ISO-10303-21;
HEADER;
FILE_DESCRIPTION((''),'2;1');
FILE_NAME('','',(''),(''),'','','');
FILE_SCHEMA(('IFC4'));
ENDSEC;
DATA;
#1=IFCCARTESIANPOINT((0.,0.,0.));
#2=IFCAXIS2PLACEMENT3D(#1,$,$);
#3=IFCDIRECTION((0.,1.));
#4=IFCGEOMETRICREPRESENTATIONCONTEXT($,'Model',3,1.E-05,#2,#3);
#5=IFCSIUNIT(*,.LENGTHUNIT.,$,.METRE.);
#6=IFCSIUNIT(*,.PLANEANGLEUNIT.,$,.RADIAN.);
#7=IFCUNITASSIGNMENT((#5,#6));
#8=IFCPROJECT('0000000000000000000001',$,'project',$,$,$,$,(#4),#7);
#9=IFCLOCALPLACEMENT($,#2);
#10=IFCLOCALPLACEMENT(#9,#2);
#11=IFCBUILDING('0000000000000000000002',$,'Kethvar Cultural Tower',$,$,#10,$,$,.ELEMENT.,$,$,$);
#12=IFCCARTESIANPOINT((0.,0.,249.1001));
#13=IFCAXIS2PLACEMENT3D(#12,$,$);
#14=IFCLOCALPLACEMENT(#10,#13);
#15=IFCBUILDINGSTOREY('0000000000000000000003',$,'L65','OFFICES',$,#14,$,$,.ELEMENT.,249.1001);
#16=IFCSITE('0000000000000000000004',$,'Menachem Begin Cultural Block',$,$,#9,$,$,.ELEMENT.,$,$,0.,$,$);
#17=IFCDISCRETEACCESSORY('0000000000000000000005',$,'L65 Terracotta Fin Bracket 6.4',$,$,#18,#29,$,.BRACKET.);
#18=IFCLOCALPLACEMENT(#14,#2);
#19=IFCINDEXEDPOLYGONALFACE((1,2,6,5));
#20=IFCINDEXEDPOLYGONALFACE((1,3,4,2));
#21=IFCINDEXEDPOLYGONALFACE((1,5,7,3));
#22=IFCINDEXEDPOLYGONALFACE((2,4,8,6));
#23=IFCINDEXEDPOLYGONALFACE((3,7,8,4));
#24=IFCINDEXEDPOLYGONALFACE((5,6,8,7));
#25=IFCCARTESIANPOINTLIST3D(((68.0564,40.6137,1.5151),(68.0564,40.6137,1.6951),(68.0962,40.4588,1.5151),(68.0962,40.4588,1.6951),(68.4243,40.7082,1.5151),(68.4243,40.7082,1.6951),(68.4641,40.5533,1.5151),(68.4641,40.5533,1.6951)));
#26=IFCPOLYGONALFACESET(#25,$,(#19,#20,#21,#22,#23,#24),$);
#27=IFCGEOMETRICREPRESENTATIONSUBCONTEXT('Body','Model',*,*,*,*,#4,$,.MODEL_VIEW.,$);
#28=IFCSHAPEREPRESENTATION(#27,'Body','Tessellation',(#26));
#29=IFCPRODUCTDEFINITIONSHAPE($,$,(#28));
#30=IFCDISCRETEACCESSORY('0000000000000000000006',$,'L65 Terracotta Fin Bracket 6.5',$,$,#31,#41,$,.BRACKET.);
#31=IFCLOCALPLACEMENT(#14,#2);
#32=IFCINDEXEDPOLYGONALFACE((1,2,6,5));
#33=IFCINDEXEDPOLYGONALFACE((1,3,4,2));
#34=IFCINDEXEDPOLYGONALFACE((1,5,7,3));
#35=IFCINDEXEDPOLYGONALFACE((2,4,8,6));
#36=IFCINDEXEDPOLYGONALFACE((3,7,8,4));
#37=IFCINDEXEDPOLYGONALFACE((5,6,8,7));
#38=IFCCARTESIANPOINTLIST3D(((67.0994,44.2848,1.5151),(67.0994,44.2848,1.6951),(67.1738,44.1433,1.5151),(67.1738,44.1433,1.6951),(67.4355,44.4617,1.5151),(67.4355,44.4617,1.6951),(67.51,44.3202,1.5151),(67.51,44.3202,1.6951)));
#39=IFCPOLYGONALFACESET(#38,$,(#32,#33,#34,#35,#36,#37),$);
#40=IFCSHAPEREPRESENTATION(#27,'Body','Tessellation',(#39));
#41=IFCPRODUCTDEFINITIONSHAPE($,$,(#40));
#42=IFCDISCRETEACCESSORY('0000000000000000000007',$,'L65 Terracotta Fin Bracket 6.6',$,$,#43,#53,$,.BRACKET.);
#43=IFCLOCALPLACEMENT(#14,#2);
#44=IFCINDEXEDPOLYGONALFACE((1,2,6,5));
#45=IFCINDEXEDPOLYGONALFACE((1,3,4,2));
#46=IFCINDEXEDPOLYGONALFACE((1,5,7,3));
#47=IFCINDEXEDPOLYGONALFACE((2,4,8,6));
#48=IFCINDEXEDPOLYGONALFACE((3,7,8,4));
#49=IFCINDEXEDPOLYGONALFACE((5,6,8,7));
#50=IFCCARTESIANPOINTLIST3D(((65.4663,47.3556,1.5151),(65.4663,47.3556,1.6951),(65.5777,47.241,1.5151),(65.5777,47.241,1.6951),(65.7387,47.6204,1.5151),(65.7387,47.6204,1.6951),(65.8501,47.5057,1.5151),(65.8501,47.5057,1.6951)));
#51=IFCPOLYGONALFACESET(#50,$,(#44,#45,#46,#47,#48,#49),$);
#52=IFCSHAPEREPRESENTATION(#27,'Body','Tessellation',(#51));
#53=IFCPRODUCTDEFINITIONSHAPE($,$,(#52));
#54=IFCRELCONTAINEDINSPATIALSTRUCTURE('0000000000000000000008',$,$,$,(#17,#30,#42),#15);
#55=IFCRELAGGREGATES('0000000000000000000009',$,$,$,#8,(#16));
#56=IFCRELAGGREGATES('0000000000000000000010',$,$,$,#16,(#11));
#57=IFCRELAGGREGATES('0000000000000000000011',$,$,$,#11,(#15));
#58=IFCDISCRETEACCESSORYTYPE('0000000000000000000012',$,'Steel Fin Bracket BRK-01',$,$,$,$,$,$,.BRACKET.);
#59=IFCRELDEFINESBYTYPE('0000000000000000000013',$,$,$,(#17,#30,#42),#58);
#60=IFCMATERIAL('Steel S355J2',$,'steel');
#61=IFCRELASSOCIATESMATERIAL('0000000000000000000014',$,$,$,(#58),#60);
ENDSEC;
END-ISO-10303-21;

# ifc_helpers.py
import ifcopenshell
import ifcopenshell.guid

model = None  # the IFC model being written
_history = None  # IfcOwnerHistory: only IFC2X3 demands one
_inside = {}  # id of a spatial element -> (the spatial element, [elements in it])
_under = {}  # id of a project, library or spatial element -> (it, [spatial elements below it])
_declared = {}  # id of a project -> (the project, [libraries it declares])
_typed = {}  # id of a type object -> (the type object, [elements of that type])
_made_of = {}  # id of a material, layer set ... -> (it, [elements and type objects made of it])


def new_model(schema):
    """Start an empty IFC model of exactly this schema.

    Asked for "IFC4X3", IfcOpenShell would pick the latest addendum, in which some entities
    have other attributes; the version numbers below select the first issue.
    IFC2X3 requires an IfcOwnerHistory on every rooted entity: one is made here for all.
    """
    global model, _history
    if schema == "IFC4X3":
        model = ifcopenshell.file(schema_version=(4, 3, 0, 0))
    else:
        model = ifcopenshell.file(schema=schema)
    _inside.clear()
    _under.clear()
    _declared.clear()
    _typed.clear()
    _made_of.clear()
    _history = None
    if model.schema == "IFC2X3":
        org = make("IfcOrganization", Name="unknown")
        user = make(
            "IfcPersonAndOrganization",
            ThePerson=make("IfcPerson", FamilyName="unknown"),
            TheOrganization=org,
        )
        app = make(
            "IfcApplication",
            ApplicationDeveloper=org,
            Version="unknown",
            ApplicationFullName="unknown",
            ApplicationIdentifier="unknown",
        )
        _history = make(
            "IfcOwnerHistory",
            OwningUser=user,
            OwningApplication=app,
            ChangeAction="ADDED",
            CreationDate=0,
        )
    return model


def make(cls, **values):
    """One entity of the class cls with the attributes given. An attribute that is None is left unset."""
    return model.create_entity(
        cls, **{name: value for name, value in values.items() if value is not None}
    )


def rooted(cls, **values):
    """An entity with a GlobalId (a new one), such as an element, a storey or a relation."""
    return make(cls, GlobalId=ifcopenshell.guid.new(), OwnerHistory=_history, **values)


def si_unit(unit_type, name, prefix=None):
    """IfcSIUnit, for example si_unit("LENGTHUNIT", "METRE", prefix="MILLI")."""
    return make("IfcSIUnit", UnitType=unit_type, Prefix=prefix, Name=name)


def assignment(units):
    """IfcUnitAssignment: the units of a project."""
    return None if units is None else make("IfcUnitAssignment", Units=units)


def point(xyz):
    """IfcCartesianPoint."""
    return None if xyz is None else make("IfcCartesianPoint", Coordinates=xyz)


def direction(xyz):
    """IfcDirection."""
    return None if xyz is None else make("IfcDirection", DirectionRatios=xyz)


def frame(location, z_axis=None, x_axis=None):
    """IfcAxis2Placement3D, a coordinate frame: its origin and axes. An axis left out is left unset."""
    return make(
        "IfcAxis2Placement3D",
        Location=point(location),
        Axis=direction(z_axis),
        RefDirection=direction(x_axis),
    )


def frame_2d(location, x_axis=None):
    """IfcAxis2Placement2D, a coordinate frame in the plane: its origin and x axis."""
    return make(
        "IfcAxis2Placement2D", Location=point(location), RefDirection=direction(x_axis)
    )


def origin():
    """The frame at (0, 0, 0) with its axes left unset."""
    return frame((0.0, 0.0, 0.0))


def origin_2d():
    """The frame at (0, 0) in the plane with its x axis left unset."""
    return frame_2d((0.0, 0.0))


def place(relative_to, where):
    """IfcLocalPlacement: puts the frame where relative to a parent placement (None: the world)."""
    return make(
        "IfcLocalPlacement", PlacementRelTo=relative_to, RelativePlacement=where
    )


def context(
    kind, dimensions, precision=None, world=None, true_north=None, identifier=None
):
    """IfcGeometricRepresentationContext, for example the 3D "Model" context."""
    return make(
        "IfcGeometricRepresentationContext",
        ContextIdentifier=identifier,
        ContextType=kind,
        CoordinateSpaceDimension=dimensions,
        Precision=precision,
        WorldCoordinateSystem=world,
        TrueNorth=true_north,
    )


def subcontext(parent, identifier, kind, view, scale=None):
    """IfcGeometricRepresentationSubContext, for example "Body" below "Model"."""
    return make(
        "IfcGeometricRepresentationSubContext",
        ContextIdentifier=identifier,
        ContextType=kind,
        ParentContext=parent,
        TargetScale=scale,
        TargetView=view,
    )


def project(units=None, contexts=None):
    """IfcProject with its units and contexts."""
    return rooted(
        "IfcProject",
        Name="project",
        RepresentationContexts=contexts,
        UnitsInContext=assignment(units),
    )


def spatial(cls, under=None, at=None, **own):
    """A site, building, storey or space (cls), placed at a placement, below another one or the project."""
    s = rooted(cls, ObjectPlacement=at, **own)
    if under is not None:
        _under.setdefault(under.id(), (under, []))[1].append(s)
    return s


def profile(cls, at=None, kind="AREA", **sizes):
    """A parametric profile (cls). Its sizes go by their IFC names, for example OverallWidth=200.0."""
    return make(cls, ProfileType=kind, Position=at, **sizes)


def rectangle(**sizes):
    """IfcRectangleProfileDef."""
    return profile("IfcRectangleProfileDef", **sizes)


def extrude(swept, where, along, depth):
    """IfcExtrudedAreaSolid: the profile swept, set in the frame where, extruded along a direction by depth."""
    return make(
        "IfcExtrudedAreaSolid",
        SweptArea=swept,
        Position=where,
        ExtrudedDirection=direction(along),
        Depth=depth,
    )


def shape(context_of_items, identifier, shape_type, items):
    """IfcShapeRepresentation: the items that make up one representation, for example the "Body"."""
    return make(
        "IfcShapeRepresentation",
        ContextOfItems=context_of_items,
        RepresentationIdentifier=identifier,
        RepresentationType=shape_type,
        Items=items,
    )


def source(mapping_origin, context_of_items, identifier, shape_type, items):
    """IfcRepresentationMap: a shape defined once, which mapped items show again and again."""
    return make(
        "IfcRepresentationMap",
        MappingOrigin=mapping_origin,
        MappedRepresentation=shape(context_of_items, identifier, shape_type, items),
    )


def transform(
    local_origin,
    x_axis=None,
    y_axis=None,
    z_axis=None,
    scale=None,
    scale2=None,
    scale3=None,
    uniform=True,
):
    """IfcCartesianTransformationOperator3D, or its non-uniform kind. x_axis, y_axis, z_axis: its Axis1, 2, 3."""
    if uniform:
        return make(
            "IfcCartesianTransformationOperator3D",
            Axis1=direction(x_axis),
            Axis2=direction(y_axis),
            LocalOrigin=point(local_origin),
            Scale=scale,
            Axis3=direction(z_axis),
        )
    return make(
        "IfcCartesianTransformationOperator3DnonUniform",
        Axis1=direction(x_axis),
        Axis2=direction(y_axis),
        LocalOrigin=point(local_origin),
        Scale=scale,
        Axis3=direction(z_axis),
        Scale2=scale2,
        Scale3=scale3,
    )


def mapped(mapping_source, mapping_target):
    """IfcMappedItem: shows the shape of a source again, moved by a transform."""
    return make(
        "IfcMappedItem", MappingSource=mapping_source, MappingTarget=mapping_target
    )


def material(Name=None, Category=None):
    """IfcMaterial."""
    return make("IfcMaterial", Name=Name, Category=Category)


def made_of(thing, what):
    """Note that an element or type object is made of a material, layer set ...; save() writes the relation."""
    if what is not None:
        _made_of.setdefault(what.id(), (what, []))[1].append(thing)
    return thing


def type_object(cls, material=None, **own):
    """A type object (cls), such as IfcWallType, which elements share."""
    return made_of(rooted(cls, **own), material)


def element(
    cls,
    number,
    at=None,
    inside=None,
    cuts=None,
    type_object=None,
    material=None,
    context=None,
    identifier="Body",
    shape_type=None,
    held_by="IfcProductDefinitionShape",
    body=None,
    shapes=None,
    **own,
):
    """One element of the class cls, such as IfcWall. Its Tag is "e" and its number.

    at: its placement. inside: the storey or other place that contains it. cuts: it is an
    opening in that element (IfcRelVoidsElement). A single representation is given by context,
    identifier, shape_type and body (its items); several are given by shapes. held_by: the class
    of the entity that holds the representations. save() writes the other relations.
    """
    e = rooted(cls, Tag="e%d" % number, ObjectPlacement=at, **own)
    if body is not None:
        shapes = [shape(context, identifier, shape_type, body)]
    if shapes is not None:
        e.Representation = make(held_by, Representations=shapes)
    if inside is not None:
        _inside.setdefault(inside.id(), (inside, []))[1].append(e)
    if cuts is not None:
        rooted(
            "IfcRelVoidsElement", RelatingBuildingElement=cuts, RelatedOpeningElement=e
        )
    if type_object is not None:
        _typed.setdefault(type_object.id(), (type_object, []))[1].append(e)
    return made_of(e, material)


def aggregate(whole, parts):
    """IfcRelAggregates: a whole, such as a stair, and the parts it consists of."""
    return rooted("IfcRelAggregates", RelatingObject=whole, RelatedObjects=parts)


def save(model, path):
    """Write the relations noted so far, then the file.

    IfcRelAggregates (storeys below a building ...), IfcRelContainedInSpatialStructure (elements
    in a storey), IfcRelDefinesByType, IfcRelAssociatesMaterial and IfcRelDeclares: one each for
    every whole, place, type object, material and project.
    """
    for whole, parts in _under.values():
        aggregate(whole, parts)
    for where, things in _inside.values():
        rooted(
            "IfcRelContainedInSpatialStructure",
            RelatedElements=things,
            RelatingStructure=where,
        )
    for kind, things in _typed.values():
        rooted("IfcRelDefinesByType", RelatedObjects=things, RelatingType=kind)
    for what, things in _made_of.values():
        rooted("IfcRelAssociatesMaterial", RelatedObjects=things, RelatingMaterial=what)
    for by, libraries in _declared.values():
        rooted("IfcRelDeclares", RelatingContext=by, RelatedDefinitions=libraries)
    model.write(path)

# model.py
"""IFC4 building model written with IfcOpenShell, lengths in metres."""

from ifc_helpers import new_model, si_unit, direction, frame, origin, origin_2d, place, context, subcontext, project, spatial, rectangle, extrude, source, transform, mapped, material, type_object, element, save


model = new_model("IFC4")

# Units and contexts
model_context = context("Model", 3, precision=1e-05, world=origin(), true_north=direction((0.0, 1.0)))
body_context = subcontext(model_context, "Body", "Model", "MODEL_VIEW")
ifc_project = project(units=[si_unit("LENGTHUNIT", "METRE"), si_unit("PLANEANGLEUNIT", "RADIAN")], contexts=[model_context])

# Site, building, storey
site_placement = place(None, origin())
site = spatial("IfcSite", under=ifc_project, at=site_placement, Name="Menachem Begin Cultural Block", CompositionType="ELEMENT", RefElevation=0.0)
building_placement = place(site_placement, origin())
building = spatial("IfcBuilding", under=site, at=building_placement, Name="Kethvar Cultural Tower", CompositionType="ELEMENT")
storey_placement = place(building_placement, frame((0.0, 0.0, 249.1001)))
storey = spatial("IfcBuildingStorey", under=building, at=storey_placement, Name="L65", Description="OFFICES", CompositionType="ELEMENT", Elevation=249.1001)

# Shared definitions
ifc_material_1 = material(Name="Steel S355J2", Category="steel")

# Discrete accessories
discrete_accessory_type = type_object("IfcDiscreteAccessoryType", Name="Steel Fin Bracket BRK-01", PredefinedType="BRACKET", material=ifc_material_1)
shared_shape_1 = source(origin(), body_context, "Body", "SweptSolid", [
    extrude(rectangle(XDim=0.3799, YDim=0.1599, at=origin_2d()), origin(), (0.0, 0.0, 1.0), 0.1799),
])
for number, where, z_axis, x_axis, name in (
    (1, (68.2603, 40.5835, 1.5151), (0.0, 0.0, 1.0), (0.96854, 0.248859, 0.0), "L65 Terracotta Fin Bracket 6.4"),
    (2, (67.3047, 44.3025, 1.5151), (0.0, 0.0, 1.0), (0.884906, 0.465769, 0.0), "L65 Terracotta Fin Bracket 6.5"),
    (3, (65.6582, 47.4307, 1.5151), (0.0, 0.0, 1.0), (0.717154, 0.696915, 0.0), "L65 Terracotta Fin Bracket 6.6"),
):
    element("IfcDiscreteAccessory", number, at=place(storey_placement, frame(where, z_axis=z_axis, x_axis=x_axis)), inside=storey, type_object=discrete_accessory_type, Name=name, PredefinedType="BRACKET", context=body_context, shape_type="MappedRepresentation", body=[
        mapped(shared_shape_1, transform((0.0, 0.0, 0.0), scale=1.0)),
    ])

save(model, "model.ifc")
